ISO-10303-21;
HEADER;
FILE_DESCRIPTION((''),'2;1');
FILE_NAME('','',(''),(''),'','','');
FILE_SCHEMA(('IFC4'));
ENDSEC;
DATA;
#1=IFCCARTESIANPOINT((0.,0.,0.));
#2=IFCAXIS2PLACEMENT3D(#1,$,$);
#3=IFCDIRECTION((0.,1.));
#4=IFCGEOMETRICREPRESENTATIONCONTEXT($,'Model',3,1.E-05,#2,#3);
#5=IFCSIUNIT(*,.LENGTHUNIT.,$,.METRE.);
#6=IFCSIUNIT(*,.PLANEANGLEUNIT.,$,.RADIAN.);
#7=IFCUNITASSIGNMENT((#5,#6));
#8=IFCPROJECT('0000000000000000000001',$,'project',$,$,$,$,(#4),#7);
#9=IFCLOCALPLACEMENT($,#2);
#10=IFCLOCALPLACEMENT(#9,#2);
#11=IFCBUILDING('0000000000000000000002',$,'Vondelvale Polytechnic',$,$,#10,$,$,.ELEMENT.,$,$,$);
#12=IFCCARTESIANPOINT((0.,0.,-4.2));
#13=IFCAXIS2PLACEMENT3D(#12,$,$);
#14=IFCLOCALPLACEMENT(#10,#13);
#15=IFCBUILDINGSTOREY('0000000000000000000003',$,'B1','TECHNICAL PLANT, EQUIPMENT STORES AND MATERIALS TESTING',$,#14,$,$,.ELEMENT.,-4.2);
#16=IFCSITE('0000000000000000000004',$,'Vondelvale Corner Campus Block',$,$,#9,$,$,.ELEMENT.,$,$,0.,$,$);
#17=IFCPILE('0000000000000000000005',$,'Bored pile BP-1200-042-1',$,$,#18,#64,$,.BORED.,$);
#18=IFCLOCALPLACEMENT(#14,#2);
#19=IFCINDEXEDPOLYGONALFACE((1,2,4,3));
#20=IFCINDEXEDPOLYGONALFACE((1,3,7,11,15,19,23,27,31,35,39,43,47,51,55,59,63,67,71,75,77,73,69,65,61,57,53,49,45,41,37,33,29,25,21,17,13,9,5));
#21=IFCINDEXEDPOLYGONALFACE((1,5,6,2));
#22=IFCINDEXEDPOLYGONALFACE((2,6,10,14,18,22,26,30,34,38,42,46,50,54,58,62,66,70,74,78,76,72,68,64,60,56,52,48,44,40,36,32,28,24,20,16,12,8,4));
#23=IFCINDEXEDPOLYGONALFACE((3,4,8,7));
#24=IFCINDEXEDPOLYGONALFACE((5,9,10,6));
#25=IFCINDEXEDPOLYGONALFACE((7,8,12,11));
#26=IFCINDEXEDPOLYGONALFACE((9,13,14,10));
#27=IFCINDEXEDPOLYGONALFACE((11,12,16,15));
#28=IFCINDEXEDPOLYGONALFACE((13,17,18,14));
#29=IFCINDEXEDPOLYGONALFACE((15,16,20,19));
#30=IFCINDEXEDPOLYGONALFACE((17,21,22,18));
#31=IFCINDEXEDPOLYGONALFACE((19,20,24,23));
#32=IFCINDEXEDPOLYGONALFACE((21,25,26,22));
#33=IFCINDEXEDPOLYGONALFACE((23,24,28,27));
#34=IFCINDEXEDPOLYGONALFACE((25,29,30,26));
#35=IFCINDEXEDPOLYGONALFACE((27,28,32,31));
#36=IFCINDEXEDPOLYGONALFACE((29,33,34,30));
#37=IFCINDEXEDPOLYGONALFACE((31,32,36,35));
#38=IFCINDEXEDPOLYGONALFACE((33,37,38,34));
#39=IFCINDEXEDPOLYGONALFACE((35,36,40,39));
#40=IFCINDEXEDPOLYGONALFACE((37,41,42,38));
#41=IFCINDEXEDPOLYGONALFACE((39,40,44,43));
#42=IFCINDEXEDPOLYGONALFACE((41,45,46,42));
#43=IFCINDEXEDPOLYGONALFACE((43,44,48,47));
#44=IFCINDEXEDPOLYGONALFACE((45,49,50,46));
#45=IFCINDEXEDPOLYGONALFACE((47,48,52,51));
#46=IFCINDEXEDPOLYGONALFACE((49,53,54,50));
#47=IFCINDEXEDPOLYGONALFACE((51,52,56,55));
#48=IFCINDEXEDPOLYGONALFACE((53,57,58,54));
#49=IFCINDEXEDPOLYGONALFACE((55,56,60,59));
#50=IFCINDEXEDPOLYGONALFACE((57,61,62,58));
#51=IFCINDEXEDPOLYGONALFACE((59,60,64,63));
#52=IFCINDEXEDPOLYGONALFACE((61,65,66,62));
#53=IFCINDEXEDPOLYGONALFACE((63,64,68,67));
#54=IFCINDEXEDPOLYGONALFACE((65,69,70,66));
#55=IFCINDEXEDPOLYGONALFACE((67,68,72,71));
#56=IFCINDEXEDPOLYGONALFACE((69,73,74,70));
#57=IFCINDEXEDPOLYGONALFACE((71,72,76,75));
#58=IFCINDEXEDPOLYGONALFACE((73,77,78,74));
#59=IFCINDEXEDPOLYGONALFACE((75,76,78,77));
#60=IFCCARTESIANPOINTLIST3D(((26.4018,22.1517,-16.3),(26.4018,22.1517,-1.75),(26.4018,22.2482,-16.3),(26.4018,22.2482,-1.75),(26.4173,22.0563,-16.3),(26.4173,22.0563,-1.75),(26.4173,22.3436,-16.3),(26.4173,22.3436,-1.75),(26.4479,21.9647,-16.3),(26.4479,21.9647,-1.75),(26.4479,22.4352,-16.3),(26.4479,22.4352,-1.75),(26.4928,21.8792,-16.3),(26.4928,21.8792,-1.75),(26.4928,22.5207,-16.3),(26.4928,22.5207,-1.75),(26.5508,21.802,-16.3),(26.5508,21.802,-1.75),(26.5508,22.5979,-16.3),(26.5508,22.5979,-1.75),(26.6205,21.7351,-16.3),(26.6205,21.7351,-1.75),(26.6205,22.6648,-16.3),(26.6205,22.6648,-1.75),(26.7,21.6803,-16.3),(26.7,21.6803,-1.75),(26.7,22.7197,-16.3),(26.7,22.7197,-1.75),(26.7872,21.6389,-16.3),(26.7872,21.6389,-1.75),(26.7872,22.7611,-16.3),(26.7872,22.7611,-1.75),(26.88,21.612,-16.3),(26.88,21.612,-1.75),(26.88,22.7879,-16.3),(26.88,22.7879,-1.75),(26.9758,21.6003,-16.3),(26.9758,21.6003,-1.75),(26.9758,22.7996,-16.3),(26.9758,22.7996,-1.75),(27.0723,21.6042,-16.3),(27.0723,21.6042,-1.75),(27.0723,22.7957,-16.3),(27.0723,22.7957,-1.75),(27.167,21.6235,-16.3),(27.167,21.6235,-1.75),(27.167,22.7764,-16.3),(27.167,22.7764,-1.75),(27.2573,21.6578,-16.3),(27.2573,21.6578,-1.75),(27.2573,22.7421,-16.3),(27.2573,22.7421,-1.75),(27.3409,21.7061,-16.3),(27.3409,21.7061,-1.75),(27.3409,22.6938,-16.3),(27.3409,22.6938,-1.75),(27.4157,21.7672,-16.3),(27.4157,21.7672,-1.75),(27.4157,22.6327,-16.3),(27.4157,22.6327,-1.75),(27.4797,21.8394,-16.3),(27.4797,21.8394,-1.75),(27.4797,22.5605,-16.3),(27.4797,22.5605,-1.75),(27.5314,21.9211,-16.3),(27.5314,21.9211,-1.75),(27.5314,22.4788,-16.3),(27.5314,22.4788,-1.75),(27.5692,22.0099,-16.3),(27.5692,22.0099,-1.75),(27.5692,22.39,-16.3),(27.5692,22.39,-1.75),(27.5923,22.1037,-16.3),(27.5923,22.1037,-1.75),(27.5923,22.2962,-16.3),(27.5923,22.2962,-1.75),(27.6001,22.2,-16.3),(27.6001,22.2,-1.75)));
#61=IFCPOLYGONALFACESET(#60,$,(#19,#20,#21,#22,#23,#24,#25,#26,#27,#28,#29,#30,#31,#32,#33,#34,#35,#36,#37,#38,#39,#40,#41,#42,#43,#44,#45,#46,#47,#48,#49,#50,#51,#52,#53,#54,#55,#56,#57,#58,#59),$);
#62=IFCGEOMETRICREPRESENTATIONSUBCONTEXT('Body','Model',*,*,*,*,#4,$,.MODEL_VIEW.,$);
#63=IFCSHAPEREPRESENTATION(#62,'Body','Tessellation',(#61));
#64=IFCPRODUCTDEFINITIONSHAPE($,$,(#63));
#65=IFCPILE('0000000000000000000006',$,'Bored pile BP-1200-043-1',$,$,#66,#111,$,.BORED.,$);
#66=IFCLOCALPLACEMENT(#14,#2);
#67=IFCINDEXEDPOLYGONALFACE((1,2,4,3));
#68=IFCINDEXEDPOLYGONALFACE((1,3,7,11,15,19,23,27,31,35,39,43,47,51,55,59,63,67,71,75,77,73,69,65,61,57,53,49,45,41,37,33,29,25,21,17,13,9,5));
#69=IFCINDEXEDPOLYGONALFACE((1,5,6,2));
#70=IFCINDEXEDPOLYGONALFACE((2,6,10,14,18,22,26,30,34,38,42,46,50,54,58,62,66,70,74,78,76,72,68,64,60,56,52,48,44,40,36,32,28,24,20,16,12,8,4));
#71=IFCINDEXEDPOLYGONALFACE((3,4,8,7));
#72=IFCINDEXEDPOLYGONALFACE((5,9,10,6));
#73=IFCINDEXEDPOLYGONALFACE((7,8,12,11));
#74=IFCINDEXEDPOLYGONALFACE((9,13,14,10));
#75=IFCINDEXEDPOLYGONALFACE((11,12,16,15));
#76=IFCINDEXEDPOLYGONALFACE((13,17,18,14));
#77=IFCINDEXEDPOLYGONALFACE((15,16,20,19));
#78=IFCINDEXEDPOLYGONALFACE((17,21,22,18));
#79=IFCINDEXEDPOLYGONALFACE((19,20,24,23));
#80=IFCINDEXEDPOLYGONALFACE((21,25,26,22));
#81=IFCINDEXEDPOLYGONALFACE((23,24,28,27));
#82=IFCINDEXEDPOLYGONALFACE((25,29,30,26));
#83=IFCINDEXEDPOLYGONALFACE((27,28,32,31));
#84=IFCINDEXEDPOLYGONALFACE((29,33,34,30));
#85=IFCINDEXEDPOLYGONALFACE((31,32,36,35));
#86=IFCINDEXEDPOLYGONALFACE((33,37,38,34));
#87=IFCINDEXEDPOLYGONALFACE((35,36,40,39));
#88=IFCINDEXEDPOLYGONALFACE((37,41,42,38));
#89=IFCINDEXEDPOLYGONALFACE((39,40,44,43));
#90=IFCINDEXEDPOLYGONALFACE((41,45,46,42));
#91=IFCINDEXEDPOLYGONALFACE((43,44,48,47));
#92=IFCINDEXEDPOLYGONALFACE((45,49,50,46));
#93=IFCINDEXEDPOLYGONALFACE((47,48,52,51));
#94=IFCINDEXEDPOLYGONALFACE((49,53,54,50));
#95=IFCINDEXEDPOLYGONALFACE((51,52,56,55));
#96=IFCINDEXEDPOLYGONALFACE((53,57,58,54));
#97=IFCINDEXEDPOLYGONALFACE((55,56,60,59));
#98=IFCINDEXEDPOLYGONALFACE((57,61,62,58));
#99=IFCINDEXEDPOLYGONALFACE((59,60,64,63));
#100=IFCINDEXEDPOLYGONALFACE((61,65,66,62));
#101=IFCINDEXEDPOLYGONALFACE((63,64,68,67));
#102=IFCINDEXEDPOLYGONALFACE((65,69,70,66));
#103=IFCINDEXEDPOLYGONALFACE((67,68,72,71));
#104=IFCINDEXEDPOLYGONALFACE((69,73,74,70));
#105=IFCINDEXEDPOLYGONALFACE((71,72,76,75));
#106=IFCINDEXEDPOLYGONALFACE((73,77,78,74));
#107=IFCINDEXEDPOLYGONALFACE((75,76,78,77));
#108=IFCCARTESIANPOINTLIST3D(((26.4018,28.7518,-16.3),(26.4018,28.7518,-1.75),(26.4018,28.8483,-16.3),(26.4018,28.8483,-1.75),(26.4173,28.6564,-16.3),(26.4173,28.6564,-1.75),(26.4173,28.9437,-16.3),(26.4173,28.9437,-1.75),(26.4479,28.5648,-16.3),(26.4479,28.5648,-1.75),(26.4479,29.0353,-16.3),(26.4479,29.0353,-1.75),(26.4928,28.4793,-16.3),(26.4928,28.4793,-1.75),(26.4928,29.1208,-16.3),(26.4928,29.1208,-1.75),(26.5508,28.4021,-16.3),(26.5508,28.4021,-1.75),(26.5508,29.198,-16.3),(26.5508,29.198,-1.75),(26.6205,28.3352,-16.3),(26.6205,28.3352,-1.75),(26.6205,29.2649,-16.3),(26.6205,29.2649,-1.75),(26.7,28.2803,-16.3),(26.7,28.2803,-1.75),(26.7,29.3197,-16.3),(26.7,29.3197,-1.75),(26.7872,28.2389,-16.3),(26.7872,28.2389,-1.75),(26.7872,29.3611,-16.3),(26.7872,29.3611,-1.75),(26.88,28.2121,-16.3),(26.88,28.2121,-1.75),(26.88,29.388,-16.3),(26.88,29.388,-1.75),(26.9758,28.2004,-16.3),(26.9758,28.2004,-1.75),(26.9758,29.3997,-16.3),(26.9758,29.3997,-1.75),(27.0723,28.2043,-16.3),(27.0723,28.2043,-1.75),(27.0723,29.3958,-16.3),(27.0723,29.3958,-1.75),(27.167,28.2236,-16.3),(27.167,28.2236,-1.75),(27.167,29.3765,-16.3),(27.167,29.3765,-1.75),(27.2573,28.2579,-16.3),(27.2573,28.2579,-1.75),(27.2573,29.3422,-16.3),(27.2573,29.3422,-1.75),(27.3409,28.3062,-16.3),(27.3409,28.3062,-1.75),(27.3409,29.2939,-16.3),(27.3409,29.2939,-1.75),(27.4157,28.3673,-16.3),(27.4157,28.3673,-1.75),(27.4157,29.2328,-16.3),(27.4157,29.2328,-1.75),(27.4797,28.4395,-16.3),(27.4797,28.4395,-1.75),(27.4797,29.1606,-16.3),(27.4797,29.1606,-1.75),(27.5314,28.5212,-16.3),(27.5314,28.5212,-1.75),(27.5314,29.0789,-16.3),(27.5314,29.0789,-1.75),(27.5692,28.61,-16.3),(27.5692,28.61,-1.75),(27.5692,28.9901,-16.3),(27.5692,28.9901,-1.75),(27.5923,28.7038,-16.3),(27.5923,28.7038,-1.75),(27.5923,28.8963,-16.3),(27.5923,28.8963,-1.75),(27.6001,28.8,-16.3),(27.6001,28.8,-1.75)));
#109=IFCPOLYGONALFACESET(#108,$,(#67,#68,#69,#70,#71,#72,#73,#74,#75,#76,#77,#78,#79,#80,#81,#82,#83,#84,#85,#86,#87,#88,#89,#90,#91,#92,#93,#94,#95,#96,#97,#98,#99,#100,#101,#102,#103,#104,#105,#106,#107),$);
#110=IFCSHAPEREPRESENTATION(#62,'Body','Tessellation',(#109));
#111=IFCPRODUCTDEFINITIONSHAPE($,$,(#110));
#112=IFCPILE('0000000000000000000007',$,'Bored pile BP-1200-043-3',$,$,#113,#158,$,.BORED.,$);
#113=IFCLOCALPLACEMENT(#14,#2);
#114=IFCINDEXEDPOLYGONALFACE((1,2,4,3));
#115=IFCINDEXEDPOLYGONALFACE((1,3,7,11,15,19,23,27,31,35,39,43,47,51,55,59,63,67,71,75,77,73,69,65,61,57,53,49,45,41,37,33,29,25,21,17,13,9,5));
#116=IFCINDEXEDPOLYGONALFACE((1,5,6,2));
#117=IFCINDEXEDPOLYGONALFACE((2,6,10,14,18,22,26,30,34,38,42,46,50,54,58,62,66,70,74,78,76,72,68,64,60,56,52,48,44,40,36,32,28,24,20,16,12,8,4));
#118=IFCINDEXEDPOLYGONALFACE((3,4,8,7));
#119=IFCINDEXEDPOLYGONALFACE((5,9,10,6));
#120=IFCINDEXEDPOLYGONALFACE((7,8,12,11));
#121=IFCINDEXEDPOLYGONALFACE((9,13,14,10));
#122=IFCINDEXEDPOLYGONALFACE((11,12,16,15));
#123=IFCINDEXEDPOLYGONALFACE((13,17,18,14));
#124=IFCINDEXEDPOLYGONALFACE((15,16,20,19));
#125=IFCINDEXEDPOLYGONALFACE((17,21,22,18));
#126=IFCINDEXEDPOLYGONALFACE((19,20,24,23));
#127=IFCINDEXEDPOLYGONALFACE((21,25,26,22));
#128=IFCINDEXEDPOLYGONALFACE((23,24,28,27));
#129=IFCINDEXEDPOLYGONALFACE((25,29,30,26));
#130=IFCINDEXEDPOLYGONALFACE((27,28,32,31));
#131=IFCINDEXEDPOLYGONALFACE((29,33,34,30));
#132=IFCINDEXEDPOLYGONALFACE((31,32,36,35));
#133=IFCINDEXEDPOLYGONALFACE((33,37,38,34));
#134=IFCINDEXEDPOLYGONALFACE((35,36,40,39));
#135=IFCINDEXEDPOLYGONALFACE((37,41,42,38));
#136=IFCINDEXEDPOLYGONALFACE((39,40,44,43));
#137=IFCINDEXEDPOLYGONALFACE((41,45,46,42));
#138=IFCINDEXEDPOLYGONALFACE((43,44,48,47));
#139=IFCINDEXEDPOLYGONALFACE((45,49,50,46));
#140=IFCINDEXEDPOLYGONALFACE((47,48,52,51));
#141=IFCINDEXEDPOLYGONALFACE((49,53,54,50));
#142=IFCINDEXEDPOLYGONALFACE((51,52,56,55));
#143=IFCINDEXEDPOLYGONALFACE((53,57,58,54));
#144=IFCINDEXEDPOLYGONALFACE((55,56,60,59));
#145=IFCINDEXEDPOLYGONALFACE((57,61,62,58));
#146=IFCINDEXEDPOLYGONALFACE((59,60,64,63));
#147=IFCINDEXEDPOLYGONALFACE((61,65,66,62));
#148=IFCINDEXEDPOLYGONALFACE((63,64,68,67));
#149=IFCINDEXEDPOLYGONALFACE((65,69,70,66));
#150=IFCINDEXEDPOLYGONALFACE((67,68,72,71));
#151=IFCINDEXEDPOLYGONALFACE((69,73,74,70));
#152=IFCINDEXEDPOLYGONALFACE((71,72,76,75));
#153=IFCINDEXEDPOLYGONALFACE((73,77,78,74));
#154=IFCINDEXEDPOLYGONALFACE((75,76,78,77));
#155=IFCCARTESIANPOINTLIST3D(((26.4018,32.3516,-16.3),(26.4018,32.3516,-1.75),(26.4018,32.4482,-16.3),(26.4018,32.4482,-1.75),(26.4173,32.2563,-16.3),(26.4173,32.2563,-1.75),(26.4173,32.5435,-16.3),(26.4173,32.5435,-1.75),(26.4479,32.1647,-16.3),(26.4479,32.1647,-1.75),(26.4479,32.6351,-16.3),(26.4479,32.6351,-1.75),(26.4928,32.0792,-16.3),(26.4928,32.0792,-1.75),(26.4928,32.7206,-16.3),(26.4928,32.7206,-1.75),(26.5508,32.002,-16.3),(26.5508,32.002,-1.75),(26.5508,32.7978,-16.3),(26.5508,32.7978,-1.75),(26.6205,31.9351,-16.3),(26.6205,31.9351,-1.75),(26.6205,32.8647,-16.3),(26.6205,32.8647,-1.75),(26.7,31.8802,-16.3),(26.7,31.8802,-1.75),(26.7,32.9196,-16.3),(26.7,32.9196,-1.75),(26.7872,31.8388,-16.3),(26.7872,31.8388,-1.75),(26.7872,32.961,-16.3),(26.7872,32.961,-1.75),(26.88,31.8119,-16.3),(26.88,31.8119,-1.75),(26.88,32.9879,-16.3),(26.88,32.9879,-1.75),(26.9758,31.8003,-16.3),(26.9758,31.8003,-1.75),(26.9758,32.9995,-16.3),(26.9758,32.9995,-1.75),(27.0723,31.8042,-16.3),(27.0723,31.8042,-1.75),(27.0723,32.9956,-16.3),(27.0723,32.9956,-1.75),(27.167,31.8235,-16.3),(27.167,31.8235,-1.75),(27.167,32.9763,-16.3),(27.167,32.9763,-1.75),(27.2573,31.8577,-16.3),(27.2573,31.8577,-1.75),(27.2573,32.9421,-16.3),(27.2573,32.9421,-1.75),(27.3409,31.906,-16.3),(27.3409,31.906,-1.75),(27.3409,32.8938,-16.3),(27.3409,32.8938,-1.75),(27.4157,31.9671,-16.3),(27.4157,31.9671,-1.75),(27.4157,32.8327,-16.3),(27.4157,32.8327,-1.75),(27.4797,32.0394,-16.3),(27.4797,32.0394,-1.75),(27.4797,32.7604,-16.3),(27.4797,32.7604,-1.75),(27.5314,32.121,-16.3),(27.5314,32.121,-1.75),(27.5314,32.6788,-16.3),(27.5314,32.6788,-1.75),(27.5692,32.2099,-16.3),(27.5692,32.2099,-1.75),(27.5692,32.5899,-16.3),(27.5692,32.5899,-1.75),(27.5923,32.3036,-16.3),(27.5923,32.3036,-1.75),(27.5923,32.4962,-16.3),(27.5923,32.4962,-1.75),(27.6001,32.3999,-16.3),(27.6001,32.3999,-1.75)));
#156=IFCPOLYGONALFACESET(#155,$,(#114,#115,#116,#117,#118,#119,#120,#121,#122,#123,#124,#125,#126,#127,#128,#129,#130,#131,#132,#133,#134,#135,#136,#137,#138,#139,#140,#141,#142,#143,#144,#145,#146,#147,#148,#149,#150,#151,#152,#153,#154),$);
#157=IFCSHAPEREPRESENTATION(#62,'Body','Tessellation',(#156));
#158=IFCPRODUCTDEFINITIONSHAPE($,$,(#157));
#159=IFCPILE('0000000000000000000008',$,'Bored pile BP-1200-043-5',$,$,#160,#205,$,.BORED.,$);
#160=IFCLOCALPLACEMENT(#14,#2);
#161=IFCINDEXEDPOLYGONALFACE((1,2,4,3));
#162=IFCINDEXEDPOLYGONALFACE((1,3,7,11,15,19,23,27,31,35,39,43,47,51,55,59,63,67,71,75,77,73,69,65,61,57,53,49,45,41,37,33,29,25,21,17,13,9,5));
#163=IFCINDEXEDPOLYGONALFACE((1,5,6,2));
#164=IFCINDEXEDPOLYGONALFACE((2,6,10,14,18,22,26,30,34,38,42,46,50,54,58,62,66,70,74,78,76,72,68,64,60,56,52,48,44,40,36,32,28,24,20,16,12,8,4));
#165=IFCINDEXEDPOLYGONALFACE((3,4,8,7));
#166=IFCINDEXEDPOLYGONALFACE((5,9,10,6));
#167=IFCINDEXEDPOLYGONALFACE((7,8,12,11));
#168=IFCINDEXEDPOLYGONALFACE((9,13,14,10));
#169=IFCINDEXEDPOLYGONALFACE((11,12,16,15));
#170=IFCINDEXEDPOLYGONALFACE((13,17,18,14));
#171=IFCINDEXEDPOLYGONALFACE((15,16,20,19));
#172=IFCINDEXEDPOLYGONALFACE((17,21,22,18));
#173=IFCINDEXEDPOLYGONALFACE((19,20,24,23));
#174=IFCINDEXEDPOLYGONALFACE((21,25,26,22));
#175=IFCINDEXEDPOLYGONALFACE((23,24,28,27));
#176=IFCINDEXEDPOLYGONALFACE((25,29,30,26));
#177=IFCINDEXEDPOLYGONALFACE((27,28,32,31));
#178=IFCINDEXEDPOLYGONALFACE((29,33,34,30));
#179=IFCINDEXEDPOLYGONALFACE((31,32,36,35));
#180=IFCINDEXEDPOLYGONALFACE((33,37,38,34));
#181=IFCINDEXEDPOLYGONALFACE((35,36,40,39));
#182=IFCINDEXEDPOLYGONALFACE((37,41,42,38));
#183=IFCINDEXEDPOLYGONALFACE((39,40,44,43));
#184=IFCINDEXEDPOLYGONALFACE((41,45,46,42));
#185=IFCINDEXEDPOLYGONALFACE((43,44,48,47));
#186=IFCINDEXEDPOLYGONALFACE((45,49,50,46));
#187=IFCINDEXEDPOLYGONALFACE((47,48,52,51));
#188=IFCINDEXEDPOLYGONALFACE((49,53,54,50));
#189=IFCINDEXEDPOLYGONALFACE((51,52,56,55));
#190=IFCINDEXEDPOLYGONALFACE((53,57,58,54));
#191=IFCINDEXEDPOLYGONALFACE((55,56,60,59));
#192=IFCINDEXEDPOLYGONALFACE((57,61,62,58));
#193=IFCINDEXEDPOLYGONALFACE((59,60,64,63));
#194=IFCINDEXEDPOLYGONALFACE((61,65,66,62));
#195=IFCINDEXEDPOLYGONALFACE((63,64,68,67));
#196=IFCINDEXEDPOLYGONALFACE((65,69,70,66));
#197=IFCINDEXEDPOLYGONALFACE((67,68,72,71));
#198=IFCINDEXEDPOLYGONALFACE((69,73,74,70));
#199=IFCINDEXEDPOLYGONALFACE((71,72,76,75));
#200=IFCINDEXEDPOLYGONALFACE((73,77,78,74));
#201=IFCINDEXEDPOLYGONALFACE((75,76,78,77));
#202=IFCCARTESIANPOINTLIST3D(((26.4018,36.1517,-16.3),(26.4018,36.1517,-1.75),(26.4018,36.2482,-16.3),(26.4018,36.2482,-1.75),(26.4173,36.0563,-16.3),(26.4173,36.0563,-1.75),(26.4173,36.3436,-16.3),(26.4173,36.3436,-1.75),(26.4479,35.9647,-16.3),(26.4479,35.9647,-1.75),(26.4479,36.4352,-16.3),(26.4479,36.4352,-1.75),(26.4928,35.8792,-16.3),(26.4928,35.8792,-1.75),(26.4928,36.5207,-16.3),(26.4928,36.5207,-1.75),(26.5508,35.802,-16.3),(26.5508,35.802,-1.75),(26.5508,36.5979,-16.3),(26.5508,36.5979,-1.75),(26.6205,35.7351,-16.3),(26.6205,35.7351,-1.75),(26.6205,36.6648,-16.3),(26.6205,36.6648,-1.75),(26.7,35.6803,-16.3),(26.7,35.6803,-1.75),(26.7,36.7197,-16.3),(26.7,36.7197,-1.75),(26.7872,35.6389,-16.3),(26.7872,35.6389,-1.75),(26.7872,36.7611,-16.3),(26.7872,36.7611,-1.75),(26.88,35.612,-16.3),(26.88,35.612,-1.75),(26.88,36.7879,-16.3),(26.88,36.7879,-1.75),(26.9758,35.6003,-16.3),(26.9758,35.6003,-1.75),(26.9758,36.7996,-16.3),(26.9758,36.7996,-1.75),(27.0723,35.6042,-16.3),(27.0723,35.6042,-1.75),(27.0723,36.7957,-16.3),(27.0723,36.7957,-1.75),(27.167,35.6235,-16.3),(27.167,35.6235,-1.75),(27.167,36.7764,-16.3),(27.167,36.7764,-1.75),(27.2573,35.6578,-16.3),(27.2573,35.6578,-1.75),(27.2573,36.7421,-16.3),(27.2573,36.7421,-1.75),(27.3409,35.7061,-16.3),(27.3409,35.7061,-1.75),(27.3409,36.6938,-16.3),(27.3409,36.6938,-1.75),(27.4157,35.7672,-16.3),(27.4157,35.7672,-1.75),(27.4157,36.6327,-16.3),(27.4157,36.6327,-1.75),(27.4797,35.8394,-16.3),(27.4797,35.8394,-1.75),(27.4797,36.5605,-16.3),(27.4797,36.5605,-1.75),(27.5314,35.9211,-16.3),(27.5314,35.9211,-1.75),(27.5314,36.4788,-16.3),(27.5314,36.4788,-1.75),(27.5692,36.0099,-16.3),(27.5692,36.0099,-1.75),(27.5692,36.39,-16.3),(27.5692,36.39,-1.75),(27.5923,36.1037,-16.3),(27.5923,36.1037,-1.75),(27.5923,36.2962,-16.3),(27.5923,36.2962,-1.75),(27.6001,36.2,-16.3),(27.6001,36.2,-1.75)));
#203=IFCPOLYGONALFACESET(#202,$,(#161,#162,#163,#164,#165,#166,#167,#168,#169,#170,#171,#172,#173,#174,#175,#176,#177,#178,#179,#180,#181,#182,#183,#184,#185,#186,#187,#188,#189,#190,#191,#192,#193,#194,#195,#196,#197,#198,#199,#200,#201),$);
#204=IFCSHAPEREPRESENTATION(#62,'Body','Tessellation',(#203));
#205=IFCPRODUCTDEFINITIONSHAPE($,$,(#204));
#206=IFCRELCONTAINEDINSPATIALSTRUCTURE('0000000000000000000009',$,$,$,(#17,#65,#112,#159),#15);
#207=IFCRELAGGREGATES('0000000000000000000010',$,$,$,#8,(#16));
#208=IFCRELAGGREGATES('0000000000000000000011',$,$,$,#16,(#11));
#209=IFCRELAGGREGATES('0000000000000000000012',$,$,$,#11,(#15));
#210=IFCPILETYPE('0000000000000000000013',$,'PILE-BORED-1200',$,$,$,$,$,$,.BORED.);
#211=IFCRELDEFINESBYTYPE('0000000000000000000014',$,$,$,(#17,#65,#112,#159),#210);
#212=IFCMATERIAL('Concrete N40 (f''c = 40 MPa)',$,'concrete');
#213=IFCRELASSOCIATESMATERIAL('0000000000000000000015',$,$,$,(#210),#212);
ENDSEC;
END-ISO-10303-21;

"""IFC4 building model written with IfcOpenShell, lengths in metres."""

from ifc_helpers import new_model, si_unit, direction, frame, origin, origin_2d, place, context, subcontext, project, spatial, circle, extrude, material, material_profile, profile_set, type_object, element, save


model = new_model("IFC4")

# Units and contexts
model_context = context("Model", 3, precision=1e-05, world=origin(), true_north=direction((0.0, 1.0)))
body_context = subcontext(model_context, "Body", "Model", "MODEL_VIEW")
ifc_project = project(units=[si_unit("LENGTHUNIT", "METRE"), si_unit("PLANEANGLEUNIT", "RADIAN")], contexts=[model_context])

# Site, building, storey
site_placement = place(None, origin())
site = spatial("IfcSite", under=ifc_project, at=site_placement, Name="Vondelvale Corner Campus Block", CompositionType="ELEMENT", RefElevation=0.0)
building_placement = place(site_placement, origin())
building = spatial("IfcBuilding", under=site, at=building_placement, Name="Vondelvale Polytechnic", CompositionType="ELEMENT")
storey_placement = place(building_placement, frame((0.0, 0.0, -4.2)))
storey = spatial("IfcBuildingStorey", under=building, at=storey_placement, Name="B1", Description="TECHNICAL PLANT, EQUIPMENT STORES AND MATERIALS TESTING", CompositionType="ELEMENT", Elevation=-4.2)

# Shared definitions
ifc_material_1 = material(Name="Concrete N40 (f'c = 40 MPa)", Category="concrete")

# Piles
ifc_material_profile_1 = material_profile(ifc_material_1, circle(Radius=0.6001, at=origin_2d()), Name="PILE-D1200")
ifc_profile_set_1 = profile_set([ifc_material_profile_1], Name="Concrete N40 (f'c = 40 MPa)")
pile_type_1 = type_object("IfcPileType", Name="PILE-BORED-1200", PredefinedType="BORED", material=ifc_profile_set_1)
for number, where, z_axis, x_axis, name in (
    (1, (27.0, 22.2, -1.75), (0.0, 0.0, -1.0), (1.0, 0.0, 0.0), "Bored pile BP-1200-042-1"),
    (2, (27.0, 28.8, -1.75), (0.0, 0.0, -1.0), (1.0, 0.0, 0.0), "Bored pile BP-1200-043-1"),
    (3, (27.0, 32.3999, -1.75), (0.0, 0.0, -1.0), (1.0, 0.0, 0.0), "Bored pile BP-1200-043-3"),
    (4, (27.0, 36.2, -1.75), (0.0, 0.0, -1.0), (1.0, 0.0, 0.0), "Bored pile BP-1200-043-5"),
):
    element("IfcPile", number, at=place(storey_placement, frame(where, z_axis=z_axis, x_axis=x_axis)), inside=storey, type_object=pile_type_1, Name=name, PredefinedType="BORED", context=body_context, shape_type="SweptSolid", body=[
        extrude(circle(Radius=0.6001, at=origin_2d()), origin(), (0.0, 0.0, 1.0), 14.55),
    ])

save(model, "model.ifc")
